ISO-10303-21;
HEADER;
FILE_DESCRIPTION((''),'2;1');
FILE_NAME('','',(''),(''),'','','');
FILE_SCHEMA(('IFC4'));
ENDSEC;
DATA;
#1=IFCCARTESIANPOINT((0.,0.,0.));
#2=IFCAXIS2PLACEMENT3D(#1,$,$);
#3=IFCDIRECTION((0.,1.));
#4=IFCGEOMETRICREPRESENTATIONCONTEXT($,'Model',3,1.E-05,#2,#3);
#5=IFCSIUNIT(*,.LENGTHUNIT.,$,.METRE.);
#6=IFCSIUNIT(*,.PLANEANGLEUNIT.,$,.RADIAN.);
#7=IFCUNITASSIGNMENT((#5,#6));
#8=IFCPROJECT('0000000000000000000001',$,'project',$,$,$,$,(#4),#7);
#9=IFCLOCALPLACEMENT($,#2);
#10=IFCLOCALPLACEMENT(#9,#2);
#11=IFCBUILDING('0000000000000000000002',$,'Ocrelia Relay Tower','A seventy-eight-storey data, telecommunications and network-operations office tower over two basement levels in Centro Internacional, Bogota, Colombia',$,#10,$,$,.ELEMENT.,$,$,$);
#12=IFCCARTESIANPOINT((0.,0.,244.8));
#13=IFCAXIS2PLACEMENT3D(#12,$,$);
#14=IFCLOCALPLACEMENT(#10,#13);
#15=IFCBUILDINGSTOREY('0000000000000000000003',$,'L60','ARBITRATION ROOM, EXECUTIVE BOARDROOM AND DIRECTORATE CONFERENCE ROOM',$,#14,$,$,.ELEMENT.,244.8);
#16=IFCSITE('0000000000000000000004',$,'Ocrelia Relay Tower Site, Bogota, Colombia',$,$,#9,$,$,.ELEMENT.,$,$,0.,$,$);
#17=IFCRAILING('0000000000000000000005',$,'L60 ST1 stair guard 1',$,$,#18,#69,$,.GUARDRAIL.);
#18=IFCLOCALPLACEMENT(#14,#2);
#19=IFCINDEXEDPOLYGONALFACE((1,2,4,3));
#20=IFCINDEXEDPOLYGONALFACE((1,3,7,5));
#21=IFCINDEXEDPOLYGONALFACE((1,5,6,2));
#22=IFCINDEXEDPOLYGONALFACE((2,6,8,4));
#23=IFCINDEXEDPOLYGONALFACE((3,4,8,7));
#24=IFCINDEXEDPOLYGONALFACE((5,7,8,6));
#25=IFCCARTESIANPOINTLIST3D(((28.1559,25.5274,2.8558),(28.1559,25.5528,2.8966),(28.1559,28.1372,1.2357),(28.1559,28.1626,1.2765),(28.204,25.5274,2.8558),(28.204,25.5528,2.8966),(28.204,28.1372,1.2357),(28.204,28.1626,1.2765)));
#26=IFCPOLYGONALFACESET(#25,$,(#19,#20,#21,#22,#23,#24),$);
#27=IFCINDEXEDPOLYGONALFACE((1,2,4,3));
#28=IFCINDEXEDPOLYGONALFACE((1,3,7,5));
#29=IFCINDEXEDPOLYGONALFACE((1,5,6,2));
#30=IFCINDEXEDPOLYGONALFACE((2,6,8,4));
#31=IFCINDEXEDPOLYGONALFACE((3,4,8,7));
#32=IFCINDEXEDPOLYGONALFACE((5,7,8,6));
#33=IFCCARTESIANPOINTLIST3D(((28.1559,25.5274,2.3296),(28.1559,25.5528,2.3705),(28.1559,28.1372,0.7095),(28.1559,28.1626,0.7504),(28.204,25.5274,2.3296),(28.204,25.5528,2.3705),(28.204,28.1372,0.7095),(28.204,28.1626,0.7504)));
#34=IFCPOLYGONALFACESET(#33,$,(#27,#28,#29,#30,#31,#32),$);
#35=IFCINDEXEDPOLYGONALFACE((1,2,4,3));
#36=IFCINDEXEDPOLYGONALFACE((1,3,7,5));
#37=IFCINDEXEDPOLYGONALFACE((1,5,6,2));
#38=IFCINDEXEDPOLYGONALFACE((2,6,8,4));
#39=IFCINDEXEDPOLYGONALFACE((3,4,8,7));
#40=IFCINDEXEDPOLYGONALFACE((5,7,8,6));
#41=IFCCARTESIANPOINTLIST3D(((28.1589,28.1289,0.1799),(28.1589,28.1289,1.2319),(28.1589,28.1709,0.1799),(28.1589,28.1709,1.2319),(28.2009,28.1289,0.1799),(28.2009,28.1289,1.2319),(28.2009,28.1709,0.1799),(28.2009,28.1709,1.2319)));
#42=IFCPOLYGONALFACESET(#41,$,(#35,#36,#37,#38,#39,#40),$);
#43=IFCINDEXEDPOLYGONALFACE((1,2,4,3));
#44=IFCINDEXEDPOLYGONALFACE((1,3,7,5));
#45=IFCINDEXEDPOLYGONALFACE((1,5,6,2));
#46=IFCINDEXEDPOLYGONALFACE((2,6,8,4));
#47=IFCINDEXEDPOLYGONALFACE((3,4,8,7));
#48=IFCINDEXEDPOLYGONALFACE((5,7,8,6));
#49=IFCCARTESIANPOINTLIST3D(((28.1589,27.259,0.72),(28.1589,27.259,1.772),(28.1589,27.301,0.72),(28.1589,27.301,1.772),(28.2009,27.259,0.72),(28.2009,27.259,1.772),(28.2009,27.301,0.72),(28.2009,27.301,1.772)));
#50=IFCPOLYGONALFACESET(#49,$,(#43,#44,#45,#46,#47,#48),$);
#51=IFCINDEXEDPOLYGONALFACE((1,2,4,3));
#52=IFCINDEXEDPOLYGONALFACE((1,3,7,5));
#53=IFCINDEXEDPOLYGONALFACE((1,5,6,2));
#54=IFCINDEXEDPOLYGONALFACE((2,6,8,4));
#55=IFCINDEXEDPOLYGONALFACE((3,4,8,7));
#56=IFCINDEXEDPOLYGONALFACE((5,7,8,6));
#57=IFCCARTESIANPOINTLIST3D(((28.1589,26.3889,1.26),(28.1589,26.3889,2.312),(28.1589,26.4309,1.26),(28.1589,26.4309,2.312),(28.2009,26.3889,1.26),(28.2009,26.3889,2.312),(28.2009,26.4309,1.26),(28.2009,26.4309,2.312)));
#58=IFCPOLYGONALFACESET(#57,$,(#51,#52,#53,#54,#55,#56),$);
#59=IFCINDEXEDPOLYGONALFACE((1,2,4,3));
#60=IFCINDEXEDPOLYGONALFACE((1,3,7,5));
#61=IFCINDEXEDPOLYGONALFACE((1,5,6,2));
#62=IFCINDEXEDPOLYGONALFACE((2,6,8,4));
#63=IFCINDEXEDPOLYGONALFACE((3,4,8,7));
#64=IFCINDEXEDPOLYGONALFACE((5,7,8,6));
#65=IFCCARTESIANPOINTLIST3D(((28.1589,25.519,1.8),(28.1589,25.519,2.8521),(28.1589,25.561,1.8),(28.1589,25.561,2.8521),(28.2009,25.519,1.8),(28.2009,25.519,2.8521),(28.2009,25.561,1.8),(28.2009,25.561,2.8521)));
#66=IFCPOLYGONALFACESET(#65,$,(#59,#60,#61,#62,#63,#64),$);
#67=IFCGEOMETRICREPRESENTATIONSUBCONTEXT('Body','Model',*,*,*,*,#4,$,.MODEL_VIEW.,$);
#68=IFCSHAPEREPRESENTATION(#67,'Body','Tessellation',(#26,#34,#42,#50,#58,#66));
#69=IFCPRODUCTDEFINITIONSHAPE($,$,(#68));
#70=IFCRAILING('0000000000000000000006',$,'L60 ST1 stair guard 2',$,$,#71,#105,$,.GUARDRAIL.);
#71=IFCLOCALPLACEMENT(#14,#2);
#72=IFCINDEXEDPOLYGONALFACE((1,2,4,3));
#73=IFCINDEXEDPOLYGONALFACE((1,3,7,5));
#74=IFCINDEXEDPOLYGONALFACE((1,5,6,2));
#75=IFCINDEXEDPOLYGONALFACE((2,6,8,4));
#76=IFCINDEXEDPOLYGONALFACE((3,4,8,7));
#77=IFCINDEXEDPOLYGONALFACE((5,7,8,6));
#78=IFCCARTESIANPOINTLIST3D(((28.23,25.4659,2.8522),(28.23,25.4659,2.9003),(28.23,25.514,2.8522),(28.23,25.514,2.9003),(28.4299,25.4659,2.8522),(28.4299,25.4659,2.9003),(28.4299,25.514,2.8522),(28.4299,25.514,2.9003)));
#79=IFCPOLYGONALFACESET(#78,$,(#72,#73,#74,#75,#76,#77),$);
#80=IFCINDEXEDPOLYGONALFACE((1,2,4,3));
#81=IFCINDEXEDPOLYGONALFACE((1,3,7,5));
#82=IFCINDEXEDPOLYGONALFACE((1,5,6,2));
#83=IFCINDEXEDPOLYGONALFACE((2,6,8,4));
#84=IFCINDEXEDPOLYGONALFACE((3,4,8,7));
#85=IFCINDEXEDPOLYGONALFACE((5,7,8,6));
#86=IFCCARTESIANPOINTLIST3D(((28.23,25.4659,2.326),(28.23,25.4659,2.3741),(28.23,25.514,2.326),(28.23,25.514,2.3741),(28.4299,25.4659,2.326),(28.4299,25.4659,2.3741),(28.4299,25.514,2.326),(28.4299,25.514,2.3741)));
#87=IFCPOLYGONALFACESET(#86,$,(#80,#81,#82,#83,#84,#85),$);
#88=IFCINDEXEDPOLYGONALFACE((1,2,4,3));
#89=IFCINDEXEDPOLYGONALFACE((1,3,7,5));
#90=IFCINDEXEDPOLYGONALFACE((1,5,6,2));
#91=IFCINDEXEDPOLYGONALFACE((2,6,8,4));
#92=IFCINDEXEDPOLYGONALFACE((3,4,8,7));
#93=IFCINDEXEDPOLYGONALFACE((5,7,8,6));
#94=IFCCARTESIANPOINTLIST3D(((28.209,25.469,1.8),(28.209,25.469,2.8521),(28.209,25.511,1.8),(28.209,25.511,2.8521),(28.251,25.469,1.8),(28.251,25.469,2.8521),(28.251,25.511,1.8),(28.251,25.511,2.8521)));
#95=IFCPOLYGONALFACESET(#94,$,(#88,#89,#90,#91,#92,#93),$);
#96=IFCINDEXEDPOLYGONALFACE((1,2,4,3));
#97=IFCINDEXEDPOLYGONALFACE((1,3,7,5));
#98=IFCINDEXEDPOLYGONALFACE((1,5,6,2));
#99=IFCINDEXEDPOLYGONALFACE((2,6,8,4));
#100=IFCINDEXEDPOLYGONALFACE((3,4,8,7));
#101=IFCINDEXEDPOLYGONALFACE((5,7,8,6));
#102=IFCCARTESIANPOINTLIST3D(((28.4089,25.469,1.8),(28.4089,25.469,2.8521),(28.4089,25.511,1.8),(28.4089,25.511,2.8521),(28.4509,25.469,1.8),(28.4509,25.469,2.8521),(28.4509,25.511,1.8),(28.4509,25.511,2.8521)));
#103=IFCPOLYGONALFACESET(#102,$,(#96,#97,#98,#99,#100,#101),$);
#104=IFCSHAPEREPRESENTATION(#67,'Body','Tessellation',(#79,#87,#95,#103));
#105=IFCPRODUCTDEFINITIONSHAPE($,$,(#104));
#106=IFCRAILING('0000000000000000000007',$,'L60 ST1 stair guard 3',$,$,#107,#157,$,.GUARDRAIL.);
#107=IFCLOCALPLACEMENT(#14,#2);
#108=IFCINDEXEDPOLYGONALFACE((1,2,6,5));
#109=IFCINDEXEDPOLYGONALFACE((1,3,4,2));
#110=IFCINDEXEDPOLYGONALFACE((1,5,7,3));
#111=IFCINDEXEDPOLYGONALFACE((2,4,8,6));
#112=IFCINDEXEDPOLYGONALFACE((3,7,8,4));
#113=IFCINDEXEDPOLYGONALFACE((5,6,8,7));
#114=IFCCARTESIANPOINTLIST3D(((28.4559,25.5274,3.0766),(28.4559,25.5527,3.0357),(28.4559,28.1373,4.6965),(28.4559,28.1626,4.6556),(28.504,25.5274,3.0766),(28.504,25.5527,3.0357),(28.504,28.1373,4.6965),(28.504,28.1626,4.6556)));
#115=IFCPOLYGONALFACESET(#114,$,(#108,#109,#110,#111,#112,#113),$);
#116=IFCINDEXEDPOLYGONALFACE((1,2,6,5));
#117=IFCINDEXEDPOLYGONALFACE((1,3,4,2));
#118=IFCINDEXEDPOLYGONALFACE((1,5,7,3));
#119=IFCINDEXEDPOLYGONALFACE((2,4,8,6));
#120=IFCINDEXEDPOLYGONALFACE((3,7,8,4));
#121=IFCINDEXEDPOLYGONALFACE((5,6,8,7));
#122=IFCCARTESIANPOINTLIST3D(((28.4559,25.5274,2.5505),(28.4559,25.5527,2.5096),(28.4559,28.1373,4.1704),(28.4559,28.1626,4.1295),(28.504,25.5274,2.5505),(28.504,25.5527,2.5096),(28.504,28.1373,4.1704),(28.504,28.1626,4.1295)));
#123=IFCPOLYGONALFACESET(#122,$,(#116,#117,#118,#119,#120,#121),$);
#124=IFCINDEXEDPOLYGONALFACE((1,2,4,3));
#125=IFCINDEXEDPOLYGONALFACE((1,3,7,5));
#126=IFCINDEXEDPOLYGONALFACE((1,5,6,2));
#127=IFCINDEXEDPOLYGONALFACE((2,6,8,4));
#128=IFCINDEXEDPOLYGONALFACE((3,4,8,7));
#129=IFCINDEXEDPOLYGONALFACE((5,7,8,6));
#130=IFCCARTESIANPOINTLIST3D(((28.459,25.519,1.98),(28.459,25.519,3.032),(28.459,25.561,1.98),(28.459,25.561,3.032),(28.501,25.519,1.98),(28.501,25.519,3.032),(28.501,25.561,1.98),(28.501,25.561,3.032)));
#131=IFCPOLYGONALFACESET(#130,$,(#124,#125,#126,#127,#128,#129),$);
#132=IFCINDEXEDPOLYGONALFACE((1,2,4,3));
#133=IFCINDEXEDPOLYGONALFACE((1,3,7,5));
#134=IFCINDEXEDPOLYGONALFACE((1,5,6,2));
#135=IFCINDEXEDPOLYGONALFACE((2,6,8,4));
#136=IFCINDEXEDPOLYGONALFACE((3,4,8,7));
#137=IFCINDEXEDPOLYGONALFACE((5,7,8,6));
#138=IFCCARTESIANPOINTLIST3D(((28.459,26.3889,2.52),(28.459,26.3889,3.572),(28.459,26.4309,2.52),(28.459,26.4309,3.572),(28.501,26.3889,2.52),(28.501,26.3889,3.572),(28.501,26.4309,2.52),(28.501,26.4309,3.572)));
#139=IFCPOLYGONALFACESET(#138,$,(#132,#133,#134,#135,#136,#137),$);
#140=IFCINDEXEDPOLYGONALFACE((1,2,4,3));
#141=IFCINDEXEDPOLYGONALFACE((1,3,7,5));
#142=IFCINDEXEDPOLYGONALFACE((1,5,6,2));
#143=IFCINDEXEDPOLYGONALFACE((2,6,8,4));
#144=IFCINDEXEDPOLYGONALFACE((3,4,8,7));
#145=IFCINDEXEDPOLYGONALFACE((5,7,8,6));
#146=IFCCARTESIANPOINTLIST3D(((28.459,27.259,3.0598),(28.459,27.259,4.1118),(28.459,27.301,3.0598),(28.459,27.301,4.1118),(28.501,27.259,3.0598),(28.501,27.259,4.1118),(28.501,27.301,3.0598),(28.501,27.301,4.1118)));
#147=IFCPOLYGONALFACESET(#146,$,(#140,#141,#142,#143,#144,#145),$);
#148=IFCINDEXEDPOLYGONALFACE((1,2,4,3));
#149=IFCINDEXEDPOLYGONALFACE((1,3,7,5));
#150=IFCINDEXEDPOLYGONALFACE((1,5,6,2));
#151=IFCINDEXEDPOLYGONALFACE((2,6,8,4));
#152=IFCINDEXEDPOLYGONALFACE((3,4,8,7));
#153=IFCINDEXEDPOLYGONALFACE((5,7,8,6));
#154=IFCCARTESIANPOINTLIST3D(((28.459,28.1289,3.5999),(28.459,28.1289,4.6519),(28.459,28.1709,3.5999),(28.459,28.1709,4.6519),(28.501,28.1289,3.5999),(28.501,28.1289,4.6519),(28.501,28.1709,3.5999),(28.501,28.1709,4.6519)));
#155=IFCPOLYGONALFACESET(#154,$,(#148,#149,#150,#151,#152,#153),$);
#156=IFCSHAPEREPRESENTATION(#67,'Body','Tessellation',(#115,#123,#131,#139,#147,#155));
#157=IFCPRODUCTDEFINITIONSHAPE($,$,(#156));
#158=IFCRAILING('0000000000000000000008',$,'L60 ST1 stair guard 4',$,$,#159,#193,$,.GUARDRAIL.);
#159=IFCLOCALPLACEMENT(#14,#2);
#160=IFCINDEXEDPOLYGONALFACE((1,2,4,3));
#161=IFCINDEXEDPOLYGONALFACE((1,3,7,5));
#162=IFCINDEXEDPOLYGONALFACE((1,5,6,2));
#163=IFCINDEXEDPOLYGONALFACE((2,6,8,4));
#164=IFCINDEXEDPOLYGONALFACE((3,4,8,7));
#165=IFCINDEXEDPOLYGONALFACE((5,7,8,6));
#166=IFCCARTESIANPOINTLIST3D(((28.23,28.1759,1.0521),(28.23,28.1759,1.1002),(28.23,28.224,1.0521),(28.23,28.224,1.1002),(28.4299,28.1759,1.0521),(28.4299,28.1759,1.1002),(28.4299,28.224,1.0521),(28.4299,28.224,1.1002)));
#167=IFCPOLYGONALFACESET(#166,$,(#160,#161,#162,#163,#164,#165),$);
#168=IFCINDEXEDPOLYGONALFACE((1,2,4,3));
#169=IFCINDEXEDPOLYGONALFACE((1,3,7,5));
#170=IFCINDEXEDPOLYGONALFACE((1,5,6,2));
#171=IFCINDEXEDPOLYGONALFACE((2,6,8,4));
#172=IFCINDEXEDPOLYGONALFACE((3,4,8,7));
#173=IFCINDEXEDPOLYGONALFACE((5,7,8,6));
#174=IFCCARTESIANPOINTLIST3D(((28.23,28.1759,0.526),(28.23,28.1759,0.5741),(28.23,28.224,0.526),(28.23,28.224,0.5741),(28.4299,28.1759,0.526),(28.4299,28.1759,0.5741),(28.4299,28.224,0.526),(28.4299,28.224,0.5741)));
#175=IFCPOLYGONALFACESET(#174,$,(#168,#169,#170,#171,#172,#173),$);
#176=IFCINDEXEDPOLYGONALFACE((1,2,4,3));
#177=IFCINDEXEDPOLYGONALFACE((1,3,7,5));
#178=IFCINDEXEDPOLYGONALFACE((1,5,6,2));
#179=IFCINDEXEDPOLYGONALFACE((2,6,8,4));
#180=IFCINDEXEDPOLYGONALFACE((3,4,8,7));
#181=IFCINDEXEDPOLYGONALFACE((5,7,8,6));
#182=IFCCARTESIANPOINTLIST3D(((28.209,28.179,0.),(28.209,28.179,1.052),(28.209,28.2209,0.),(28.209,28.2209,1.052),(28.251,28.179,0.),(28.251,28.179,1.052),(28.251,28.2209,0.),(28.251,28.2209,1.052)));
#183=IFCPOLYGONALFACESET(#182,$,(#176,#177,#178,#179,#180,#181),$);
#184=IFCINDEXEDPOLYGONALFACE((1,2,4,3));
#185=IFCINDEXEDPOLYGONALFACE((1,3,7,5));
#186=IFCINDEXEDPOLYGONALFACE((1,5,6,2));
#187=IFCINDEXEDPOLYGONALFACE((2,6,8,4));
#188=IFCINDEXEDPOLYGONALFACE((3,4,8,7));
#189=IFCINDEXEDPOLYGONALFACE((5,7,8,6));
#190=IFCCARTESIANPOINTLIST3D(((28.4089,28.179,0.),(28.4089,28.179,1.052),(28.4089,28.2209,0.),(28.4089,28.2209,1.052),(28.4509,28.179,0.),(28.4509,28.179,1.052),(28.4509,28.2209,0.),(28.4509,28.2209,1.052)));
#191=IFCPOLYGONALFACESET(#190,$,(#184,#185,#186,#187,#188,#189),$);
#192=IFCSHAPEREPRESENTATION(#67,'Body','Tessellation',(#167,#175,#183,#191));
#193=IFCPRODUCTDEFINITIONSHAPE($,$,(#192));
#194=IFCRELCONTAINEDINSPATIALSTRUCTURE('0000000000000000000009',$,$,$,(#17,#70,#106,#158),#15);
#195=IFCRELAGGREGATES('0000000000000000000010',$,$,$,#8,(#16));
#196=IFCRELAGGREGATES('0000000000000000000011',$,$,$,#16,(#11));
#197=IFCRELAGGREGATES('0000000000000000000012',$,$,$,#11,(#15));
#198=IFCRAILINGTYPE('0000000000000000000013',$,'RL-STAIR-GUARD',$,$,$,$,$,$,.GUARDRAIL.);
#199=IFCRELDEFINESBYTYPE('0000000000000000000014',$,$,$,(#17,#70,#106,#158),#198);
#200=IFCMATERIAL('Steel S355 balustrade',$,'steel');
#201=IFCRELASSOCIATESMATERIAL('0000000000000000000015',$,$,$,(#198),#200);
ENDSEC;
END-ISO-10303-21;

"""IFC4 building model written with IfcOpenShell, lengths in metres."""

from ifc_helpers import new_model, si_unit, direction, frame, origin, origin_2d, place, context, subcontext, project, spatial, rectangle, extrude, material, type_object, element, save


model = new_model("IFC4")

# Units and contexts
model_context = context("Model", 3, precision=1e-05, world=origin(), true_north=direction((0.0, 1.0)))
body_context = subcontext(model_context, "Body", "Model", "MODEL_VIEW")
ifc_project = project(units=[si_unit("LENGTHUNIT", "METRE"), si_unit("PLANEANGLEUNIT", "RADIAN")], contexts=[model_context])

# Site, building, storey
site_placement = place(None, origin())
site = spatial("IfcSite", under=ifc_project, at=site_placement, Name="Ocrelia Relay Tower Site, Bogota, Colombia", CompositionType="ELEMENT", RefElevation=0.0)
building_placement = place(site_placement, origin())
building = spatial("IfcBuilding", under=site, at=building_placement, Name="Ocrelia Relay Tower", Description="A seventy-eight-storey data, telecommunications and network-operations office tower over two basement levels in Centro Internacional, Bogota, Colombia", CompositionType="ELEMENT")
storey_placement = place(building_placement, frame((0.0, 0.0, 244.8)))
storey = spatial("IfcBuildingStorey", under=building, at=storey_placement, Name="L60", Description="ARBITRATION ROOM, EXECUTIVE BOARDROOM AND DIRECTORATE CONFERENCE ROOM", CompositionType="ELEMENT", Elevation=244.8)

# Railings
ifc_material_1 = material(Name="Steel S355 balustrade", Category="steel")
railing_type_1 = type_object("IfcRailingType", Name="RL-STAIR-GUARD", PredefinedType="GUARDRAIL", material=ifc_material_1)
railing_1_placement = place(storey_placement, frame((28.1799, 28.1499, 0.1799)))
element("IfcRailing", 1, at=railing_1_placement, inside=storey, type_object=railing_type_1, Name="L60 ST1 stair guard 1", PredefinedType="GUARDRAIL", context=body_context, shape_type="SweptSolid", body=[
    extrude(rectangle(XDim=0.0481, YDim=0.0481, at=origin_2d()), frame((0.0, 0.0, 1.0762), z_axis=(0.0, -0.849611, 0.52741), x_axis=(1.0, 0.0, 0.0)), (0.0, 0.0, 1.0), 3.0718),
    extrude(rectangle(XDim=0.0481, YDim=0.0481, at=origin_2d()), frame((0.0, 0.0, 0.55), z_axis=(0.0, -0.849611, 0.52741), x_axis=(1.0, 0.0, 0.0)), (0.0, 0.0, 1.0), 3.0718),
    extrude(rectangle(XDim=0.042, YDim=0.042, at=origin_2d()), origin(), (0.0, 0.0, 1.0), 1.052),
    extrude(rectangle(XDim=0.042, YDim=0.042, at=origin_2d()), frame((0.0, -0.8699, 0.54)), (0.0, 0.0, 1.0), 1.052),
    extrude(rectangle(XDim=0.042, YDim=0.042, at=origin_2d()), frame((0.0, -1.74, 1.0801)), (0.0, 0.0, 1.0), 1.052),
    extrude(rectangle(XDim=0.042, YDim=0.042, at=origin_2d()), frame((0.0, -2.6099, 1.6201)), (0.0, 0.0, 1.0), 1.052),
])
railing_2_placement = place(storey_placement, frame((28.23, 25.49, 1.8)))
element("IfcRailing", 2, at=railing_2_placement, inside=storey, type_object=railing_type_1, Name="L60 ST1 stair guard 2", PredefinedType="GUARDRAIL", context=body_context, shape_type="SweptSolid", body=[
    extrude(rectangle(XDim=0.0481, YDim=0.0481, at=origin_2d()), frame((0.0, 0.0, 1.0762), z_axis=(1.0, 0.0, 0.0), x_axis=(0.0, 1.0, 0.0)), (0.0, 0.0, 1.0), 0.2),
    extrude(rectangle(XDim=0.0481, YDim=0.0481, at=origin_2d()), frame((0.0, 0.0, 0.55), z_axis=(1.0, 0.0, 0.0), x_axis=(0.0, 1.0, 0.0)), (0.0, 0.0, 1.0), 0.2),
    extrude(rectangle(XDim=0.042, YDim=0.042, at=origin_2d()), origin(), (0.0, 0.0, 1.0), 1.052),
    extrude(rectangle(XDim=0.042, YDim=0.042, at=origin_2d()), frame((0.2, 0.0, 0.0)), (0.0, 0.0, 1.0), 1.052),
])
railing_3_placement = place(storey_placement, frame((28.48, 25.54, 1.98)))
element("IfcRailing", 3, at=railing_3_placement, inside=storey, type_object=railing_type_1, Name="L60 ST1 stair guard 3", PredefinedType="GUARDRAIL", context=body_context, shape_type="SweptSolid", body=[
    extrude(rectangle(XDim=0.0481, YDim=0.0481, at=origin_2d()), frame((0.0, 0.0, 1.0762), z_axis=(0.0, 0.849646, 0.527353), x_axis=(-1.0, 0.0, 0.0)), (0.0, 0.0, 1.0), 3.0718),
    extrude(rectangle(XDim=0.0481, YDim=0.0481, at=origin_2d()), frame((0.0, 0.0, 0.55), z_axis=(0.0, 0.849646, 0.527353), x_axis=(-1.0, 0.0, 0.0)), (0.0, 0.0, 1.0), 3.0718),
    extrude(rectangle(XDim=0.042, YDim=0.042, at=origin_2d()), origin(), (0.0, 0.0, 1.0), 1.052),
    extrude(rectangle(XDim=0.042, YDim=0.042, at=origin_2d()), frame((0.0, 0.8699, 0.54)), (0.0, 0.0, 1.0), 1.052),
    extrude(rectangle(XDim=0.042, YDim=0.042, at=origin_2d()), frame((0.0, 1.74, 1.0798)), (0.0, 0.0, 1.0), 1.052),
    extrude(rectangle(XDim=0.042, YDim=0.042, at=origin_2d()), frame((0.0, 2.6099, 1.6199)), (0.0, 0.0, 1.0), 1.052),
])
railing_4_placement = place(storey_placement, frame((28.23, 28.2, 0.0)))
element("IfcRailing", 4, at=railing_4_placement, inside=storey, type_object=railing_type_1, Name="L60 ST1 stair guard 4", PredefinedType="GUARDRAIL", context=body_context, shape_type="SweptSolid", body=[
    extrude(rectangle(XDim=0.0481, YDim=0.0481, at=origin_2d()), frame((0.0, 0.0, 1.0762), z_axis=(1.0, 0.0, 0.0), x_axis=(0.0, 1.0, 0.0)), (0.0, 0.0, 1.0), 0.2),
    extrude(rectangle(XDim=0.0481, YDim=0.0481, at=origin_2d()), frame((0.0, 0.0, 0.55), z_axis=(1.0, 0.0, 0.0), x_axis=(0.0, 1.0, 0.0)), (0.0, 0.0, 1.0), 0.2),
    extrude(rectangle(XDim=0.042, YDim=0.042, at=origin_2d()), origin(), (0.0, 0.0, 1.0), 1.052),
    extrude(rectangle(XDim=0.042, YDim=0.042, at=origin_2d()), frame((0.2, 0.0, 0.0)), (0.0, 0.0, 1.0), 1.052),
])

save(model, "model.ifc")
